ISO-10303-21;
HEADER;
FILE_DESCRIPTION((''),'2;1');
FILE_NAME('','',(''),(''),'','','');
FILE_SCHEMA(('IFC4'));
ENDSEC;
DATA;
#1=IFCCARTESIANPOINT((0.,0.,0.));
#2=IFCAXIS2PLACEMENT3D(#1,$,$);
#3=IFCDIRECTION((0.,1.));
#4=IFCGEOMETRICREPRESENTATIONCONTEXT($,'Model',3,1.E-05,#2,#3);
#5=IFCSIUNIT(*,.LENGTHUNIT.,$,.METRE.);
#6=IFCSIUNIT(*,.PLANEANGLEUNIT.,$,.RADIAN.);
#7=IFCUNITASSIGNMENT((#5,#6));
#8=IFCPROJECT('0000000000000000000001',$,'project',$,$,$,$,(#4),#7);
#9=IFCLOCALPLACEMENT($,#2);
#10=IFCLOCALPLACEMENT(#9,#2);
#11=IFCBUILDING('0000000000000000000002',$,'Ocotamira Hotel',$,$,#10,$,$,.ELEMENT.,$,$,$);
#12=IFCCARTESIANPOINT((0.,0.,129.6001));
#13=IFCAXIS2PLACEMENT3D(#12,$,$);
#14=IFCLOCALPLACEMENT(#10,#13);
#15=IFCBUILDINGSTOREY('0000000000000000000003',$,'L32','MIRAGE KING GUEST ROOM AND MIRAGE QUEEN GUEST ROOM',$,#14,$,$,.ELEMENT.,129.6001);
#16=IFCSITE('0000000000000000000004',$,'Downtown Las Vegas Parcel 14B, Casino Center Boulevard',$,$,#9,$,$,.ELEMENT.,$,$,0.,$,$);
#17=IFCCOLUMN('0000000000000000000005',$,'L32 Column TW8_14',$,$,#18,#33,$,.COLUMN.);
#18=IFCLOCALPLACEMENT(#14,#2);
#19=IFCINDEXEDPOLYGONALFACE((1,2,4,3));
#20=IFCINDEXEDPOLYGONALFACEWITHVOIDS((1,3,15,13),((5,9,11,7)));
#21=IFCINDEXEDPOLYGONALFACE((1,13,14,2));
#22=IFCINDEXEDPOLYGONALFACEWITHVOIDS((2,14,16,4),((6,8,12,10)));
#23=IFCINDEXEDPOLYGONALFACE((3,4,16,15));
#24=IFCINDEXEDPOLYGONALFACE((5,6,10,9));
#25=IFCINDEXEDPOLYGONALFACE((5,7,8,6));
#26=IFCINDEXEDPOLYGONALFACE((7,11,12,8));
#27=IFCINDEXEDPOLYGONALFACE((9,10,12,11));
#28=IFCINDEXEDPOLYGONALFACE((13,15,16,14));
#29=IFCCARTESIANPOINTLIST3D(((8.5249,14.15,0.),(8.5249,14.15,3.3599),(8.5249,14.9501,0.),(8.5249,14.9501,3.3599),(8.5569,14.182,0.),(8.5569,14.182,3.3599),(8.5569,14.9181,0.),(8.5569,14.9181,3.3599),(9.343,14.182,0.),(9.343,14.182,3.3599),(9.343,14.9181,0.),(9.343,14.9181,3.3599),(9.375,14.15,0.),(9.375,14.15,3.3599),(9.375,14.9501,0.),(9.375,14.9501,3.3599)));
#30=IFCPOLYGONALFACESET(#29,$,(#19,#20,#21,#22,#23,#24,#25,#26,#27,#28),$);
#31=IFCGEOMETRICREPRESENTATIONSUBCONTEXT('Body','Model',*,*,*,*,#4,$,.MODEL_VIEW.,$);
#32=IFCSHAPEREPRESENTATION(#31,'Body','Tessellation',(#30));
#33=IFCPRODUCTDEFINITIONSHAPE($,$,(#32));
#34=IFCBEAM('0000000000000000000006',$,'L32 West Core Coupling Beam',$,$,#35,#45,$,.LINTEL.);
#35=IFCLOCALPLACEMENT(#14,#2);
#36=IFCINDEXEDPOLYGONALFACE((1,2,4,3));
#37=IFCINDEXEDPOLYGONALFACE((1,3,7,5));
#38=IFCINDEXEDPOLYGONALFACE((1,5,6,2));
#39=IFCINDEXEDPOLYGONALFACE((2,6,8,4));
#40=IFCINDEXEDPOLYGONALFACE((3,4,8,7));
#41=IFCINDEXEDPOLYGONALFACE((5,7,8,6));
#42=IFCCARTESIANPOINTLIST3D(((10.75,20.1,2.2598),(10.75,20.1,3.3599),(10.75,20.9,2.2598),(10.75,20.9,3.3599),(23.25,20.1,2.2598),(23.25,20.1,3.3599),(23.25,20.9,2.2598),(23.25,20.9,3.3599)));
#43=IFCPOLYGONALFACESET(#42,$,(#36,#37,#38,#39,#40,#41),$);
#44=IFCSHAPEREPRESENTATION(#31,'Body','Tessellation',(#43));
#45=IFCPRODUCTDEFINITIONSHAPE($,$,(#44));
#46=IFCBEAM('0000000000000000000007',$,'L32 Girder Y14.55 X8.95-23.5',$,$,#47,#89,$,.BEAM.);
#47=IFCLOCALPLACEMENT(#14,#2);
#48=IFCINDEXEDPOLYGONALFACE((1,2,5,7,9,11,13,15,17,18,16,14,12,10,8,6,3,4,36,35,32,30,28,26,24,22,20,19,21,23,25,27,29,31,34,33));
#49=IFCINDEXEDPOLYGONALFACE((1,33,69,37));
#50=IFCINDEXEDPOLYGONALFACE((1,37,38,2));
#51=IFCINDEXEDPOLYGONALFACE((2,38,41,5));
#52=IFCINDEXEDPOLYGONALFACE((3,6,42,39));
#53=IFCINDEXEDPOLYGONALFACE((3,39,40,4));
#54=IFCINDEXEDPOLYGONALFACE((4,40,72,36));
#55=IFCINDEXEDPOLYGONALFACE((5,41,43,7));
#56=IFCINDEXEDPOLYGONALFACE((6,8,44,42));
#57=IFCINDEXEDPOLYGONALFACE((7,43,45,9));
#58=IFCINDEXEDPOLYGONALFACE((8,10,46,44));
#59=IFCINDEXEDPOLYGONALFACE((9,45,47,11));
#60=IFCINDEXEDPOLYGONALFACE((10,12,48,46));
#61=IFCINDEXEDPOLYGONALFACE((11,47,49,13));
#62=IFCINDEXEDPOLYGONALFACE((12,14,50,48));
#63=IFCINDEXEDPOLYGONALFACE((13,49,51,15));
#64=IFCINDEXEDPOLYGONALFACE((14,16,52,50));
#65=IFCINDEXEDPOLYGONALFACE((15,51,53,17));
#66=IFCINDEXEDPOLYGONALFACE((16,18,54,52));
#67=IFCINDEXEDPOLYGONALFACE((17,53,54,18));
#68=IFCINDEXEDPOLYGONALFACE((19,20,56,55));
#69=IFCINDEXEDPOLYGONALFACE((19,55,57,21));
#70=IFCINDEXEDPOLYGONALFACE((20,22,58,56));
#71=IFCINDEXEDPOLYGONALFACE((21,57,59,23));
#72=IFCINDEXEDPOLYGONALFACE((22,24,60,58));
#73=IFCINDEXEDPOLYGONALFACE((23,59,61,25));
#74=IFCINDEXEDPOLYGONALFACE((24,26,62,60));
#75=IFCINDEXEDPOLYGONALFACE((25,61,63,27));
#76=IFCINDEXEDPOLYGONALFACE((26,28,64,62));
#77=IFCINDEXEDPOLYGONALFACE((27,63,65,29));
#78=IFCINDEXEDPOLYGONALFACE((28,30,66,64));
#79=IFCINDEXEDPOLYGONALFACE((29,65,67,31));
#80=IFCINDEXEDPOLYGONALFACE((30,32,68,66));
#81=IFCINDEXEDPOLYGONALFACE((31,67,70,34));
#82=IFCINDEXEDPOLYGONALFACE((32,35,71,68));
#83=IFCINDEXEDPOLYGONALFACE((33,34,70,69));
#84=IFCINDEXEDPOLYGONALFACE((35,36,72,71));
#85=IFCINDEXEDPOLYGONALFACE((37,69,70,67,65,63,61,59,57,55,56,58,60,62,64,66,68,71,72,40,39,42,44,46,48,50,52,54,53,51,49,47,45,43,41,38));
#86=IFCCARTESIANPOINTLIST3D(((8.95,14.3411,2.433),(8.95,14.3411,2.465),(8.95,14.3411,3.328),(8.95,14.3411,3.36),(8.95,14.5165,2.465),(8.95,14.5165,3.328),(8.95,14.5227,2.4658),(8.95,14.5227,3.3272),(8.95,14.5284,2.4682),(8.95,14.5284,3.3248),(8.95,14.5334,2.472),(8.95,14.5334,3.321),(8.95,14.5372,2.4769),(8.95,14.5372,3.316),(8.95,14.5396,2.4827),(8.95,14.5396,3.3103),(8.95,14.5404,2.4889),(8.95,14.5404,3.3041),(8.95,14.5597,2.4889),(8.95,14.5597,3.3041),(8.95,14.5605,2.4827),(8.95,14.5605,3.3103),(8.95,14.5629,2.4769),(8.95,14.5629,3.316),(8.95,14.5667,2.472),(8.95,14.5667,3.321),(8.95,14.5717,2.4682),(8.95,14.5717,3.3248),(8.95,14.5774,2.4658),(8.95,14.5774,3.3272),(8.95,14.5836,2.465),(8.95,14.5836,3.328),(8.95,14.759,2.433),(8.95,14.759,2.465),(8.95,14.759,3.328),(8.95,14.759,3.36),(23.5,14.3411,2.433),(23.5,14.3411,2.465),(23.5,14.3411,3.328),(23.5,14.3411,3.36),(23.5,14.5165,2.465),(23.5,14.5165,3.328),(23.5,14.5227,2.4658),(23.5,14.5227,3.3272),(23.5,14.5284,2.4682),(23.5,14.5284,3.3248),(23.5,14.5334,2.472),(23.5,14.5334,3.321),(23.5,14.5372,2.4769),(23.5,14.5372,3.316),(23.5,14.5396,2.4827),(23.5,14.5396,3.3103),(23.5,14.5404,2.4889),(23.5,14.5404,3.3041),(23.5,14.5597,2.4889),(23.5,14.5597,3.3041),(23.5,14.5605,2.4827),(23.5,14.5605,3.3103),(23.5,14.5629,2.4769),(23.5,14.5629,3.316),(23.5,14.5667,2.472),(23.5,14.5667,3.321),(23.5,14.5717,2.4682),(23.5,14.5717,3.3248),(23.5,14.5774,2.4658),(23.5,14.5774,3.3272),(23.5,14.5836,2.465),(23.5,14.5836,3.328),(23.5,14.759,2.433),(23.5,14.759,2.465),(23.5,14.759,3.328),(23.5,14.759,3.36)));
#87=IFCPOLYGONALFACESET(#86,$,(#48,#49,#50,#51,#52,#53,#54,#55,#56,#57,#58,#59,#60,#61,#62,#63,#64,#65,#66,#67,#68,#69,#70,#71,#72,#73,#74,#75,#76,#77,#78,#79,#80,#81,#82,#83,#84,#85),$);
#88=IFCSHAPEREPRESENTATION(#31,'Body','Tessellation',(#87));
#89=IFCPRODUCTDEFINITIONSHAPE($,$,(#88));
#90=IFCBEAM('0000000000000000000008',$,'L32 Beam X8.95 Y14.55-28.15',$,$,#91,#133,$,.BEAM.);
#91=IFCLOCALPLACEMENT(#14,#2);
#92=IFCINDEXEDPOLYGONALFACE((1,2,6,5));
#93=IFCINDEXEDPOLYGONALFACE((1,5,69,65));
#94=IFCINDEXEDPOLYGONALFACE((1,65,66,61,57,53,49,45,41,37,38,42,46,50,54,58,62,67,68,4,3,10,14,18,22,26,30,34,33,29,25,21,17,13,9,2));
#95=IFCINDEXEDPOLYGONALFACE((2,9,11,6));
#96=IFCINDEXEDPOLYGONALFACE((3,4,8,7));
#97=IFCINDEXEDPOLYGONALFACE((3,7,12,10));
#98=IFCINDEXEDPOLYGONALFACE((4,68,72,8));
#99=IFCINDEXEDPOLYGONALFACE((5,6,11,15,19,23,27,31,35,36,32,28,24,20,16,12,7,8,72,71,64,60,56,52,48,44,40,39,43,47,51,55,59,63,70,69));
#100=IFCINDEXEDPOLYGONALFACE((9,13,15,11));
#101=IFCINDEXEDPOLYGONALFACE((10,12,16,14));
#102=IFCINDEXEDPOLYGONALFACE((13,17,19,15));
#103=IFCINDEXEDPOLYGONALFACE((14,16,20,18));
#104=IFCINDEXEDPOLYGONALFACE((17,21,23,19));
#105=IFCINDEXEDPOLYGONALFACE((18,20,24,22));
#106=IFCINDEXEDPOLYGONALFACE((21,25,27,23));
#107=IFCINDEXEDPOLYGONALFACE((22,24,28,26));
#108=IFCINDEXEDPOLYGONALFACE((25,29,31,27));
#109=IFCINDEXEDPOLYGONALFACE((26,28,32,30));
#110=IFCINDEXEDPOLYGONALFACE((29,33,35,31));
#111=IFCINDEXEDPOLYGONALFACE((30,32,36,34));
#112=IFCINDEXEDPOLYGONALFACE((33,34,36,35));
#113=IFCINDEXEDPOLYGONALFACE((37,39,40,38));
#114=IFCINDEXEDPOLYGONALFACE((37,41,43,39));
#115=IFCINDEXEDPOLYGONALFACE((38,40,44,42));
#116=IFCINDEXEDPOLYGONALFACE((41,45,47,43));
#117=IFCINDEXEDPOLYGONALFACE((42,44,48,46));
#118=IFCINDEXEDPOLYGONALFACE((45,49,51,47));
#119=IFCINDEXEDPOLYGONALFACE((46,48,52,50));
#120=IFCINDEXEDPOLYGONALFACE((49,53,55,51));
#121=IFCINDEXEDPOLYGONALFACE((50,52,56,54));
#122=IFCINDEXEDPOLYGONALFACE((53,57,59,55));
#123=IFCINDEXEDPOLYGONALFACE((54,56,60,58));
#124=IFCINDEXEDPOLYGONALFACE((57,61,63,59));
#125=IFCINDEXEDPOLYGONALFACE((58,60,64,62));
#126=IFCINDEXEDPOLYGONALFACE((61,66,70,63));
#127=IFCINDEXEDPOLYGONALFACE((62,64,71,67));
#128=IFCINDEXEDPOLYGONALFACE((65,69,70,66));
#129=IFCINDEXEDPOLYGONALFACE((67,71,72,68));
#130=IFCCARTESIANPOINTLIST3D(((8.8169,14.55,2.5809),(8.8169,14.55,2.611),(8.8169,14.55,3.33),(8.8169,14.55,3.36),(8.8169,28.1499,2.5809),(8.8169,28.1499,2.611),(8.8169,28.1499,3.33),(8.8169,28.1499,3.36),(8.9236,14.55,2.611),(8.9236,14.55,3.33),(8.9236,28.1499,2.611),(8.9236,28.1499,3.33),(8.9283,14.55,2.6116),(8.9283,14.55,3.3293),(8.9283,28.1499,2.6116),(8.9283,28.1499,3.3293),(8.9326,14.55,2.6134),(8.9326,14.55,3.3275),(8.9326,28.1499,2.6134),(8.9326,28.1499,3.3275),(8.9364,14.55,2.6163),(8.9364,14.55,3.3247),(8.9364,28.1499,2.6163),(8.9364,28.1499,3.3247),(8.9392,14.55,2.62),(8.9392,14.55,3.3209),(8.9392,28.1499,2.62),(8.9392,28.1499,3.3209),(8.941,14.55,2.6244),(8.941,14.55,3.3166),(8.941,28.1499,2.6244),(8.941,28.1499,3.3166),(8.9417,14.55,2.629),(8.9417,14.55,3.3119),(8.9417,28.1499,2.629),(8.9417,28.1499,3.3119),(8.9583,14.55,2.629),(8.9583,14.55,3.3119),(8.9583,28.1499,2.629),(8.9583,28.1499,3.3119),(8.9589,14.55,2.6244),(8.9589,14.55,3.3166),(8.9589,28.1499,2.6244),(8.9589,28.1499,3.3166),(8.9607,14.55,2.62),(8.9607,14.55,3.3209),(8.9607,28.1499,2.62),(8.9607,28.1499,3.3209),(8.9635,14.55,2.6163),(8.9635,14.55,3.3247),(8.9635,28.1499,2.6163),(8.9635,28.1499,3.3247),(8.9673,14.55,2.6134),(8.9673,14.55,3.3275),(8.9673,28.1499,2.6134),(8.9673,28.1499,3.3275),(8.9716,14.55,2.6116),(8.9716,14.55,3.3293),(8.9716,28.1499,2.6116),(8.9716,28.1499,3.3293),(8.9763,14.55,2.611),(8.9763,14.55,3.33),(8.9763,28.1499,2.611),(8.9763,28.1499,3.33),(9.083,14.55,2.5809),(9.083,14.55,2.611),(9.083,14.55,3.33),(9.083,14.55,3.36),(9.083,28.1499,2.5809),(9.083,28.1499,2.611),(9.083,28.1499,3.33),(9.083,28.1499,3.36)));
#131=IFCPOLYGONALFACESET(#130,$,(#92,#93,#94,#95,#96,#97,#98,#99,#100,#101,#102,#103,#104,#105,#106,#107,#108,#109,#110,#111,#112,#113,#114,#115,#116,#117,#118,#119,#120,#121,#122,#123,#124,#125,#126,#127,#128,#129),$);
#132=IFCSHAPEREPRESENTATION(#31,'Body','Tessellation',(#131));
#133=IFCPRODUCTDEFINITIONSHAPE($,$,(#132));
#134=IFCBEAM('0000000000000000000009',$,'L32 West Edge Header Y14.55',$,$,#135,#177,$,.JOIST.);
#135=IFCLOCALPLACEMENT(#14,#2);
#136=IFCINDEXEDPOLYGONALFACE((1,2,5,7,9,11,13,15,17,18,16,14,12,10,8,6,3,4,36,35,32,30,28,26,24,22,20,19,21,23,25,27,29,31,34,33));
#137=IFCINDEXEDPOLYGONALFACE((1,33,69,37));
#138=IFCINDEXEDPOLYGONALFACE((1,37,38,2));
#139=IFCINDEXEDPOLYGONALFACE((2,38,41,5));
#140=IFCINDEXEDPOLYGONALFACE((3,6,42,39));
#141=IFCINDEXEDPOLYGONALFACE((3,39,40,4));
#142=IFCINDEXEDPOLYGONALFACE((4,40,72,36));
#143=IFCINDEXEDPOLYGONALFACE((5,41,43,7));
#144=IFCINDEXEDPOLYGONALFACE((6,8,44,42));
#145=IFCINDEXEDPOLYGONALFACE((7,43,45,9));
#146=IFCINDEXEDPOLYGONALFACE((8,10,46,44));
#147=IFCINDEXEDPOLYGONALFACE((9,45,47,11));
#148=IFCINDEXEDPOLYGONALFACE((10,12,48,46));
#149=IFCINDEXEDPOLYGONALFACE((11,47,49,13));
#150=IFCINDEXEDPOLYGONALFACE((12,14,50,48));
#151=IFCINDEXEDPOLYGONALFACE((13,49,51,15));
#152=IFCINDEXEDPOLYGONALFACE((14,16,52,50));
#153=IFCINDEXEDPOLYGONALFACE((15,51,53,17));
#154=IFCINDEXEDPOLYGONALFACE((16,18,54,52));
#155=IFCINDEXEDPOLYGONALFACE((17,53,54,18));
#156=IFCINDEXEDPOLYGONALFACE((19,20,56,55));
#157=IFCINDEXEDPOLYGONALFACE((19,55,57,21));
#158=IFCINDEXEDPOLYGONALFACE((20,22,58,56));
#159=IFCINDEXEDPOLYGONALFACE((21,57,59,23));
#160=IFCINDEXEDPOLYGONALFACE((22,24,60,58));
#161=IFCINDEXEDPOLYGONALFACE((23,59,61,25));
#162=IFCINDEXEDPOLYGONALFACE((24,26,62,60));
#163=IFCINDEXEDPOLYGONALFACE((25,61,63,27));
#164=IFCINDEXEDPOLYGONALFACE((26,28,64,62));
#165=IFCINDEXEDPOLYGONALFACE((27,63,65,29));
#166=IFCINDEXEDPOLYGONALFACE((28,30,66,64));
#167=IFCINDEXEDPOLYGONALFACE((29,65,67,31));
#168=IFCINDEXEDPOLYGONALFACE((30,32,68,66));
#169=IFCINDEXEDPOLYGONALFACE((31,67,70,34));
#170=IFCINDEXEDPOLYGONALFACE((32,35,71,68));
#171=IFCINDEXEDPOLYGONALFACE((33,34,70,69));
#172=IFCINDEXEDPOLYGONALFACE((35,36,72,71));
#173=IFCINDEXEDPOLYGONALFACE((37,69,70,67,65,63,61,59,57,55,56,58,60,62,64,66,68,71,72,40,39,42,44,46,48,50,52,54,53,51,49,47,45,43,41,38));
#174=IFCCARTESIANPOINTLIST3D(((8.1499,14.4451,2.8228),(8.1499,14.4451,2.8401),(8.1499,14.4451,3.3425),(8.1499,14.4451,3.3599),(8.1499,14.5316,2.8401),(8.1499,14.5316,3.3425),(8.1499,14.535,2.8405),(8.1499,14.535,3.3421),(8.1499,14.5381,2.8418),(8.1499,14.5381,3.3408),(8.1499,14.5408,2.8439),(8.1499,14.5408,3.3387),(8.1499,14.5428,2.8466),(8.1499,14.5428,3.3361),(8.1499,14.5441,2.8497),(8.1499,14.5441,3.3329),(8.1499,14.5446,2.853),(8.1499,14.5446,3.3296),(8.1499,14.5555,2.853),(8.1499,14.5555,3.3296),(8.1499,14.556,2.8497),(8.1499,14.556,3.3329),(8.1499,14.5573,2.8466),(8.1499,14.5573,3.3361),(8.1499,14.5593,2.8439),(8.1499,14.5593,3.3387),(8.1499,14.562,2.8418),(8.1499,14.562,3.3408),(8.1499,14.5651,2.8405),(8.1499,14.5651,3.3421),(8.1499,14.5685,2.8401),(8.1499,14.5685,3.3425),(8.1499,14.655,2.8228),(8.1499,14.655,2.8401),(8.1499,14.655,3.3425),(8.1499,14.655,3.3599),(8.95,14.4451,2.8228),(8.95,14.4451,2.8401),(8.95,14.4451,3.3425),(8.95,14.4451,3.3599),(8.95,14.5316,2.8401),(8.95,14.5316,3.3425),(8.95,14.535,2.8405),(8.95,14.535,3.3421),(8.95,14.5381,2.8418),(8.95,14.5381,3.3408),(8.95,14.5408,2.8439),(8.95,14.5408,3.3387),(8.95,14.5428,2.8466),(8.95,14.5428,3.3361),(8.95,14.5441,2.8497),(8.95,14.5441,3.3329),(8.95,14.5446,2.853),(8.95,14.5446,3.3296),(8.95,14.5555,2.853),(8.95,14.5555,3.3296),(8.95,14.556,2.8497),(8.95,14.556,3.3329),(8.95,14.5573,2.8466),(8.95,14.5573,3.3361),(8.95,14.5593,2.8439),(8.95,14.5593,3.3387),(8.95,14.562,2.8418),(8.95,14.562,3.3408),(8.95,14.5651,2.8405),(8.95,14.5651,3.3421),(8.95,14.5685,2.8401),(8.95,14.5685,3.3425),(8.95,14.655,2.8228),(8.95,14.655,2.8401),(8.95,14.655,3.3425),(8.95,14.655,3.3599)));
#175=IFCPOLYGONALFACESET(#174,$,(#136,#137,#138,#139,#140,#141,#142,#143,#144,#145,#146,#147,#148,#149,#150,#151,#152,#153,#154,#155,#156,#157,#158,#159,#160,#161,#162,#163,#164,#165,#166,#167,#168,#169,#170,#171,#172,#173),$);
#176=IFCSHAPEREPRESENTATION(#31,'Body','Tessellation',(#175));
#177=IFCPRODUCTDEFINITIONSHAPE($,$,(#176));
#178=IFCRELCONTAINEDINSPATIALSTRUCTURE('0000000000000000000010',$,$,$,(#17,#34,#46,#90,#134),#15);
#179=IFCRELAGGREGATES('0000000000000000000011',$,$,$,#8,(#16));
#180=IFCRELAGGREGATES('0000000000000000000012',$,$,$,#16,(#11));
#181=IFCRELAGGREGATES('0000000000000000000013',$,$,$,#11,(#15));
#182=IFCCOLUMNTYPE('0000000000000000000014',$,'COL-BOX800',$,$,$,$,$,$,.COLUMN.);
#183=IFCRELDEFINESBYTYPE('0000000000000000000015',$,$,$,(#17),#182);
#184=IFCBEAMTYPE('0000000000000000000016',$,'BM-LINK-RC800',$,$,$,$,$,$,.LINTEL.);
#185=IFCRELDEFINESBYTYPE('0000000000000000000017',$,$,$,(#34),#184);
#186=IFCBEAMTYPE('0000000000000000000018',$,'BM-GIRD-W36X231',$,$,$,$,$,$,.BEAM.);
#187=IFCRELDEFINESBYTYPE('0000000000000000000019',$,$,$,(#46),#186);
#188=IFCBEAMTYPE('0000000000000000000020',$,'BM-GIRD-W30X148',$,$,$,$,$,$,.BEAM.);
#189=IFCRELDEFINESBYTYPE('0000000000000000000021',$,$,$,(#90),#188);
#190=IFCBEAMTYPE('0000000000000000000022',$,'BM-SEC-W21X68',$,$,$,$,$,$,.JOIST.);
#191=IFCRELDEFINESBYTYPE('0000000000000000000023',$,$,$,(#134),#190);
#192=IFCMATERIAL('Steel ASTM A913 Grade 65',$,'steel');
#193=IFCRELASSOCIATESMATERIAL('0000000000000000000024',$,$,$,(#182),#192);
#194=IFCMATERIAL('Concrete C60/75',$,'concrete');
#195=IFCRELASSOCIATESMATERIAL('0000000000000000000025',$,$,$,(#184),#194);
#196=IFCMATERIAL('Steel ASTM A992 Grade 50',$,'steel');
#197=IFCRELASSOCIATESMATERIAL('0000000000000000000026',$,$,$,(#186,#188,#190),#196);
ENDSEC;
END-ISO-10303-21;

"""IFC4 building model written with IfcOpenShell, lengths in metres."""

from ifc_helpers import new_model, si_unit, direction, frame, origin, origin_2d, place, context, subcontext, project, spatial, rectangle, hollow_rectangle, i_section, extrude, source, transform, mapped, material, material_profile, profile_set, type_object, element, save


model = new_model("IFC4")

# Units and contexts
model_context = context("Model", 3, precision=1e-05, world=origin(), true_north=direction((0.0, 1.0)))
body_context = subcontext(model_context, "Body", "Model", "MODEL_VIEW")
ifc_project = project(units=[si_unit("LENGTHUNIT", "METRE"), si_unit("PLANEANGLEUNIT", "RADIAN")], contexts=[model_context])

# Site, building, storey
site_placement = place(None, origin())
site = spatial("IfcSite", under=ifc_project, at=site_placement, Name="Downtown Las Vegas Parcel 14B, Casino Center Boulevard", CompositionType="ELEMENT", RefElevation=0.0)
building_placement = place(site_placement, origin())
building = spatial("IfcBuilding", under=site, at=building_placement, Name="Ocotamira Hotel", CompositionType="ELEMENT")
storey_placement = place(building_placement, frame((0.0, 0.0, 129.6001)))
storey = spatial("IfcBuildingStorey", under=building, at=storey_placement, Name="L32", Description="MIRAGE KING GUEST ROOM AND MIRAGE QUEEN GUEST ROOM", CompositionType="ELEMENT", Elevation=129.6001)

# Column
ifc_material_1 = material(Name="Steel ASTM A913 Grade 65", Category="steel")
ifc_material_profile_1 = material_profile(ifc_material_1, hollow_rectangle(XDim=0.8501, YDim=0.8, WallThickness=0.032, at=origin_2d()), Name="BOX800X850X32")
ifc_profile_set_1 = profile_set([ifc_material_profile_1], Name="Steel ASTM A913 Grade 65")
column_type = type_object("IfcColumnType", Name="COL-BOX800", PredefinedType="COLUMN", material=ifc_profile_set_1)
shared_shape_1 = source(origin(), body_context, "Body", "SweptSolid", [
    extrude(hollow_rectangle(XDim=0.8501, YDim=0.8, WallThickness=0.032, at=origin_2d()), origin(), (0.0, 0.0, 1.0), 3.3599),
])
column_placement = place(storey_placement, frame((8.95, 14.55, 0.0), z_axis=(0.0, 0.0, 1.0), x_axis=(1.0, 0.0, 0.0)))
element("IfcColumn", 1, at=column_placement, inside=storey, type_object=column_type, Name="L32 Column TW8_14", PredefinedType="COLUMN", context=body_context, shape_type="MappedRepresentation", body=[
    mapped(shared_shape_1, transform((0.0, 0.0, 0.0), scale=1.0)),
])

# Beams
ifc_material_2 = material(Name="Concrete C60/75", Category="concrete")
ifc_material_profile_2 = material_profile(ifc_material_2, rectangle(XDim=0.8, YDim=1.1001, at=origin_2d()), Name="RC800X1100")
ifc_profile_set_2 = profile_set([ifc_material_profile_2], Name="Concrete C60/75")
beam_type_1 = type_object("IfcBeamType", Name="BM-LINK-RC800", PredefinedType="LINTEL", material=ifc_profile_set_2)
shared_shape_2 = source(origin(), body_context, "Body", "SweptSolid", [
    extrude(rectangle(XDim=0.8, YDim=1.1001, at=origin_2d()), origin(), (0.0, 0.0, 1.0), 12.5),
])
beam_1_placement = place(storey_placement, frame((10.75, 20.5, 2.8098), z_axis=(1.0, 0.0, 0.0), x_axis=(0.0, 1.0, 0.0)))
element("IfcBeam", 2, at=beam_1_placement, inside=storey, type_object=beam_type_1, Name="L32 West Core Coupling Beam", PredefinedType="LINTEL", context=body_context, shape_type="MappedRepresentation", body=[
    mapped(shared_shape_2, transform((0.0, 0.0, 0.0), scale=1.0)),
])
ifc_material_3 = material(Name="Steel ASTM A992 Grade 50", Category="steel")
ifc_material_profile_3 = material_profile(ifc_material_3, i_section(OverallWidth=0.418, OverallDepth=0.927, WebThickness=0.0193, FlangeThickness=0.032, FilletRadius=0.0239, at=origin_2d()), Name="W36X231")
ifc_profile_set_3 = profile_set([ifc_material_profile_3], Name="Steel ASTM A992 Grade 50")
beam_type_2 = type_object("IfcBeamType", Name="BM-GIRD-W36X231", PredefinedType="BEAM", material=ifc_profile_set_3)
shared_shape_3 = source(origin(), body_context, "Body", "SweptSolid", [
    extrude(i_section(OverallWidth=0.418, OverallDepth=0.927, WebThickness=0.0193, FlangeThickness=0.032, FilletRadius=0.0239, at=origin_2d()), origin(), (0.0, 0.0, 1.0), 14.55),
])
beam_2_placement = place(storey_placement, frame((8.95, 14.55, 2.8965), z_axis=(1.0, 0.0, 0.0), x_axis=(0.0, 1.0, 0.0)))
element("IfcBeam", 3, at=beam_2_placement, inside=storey, type_object=beam_type_2, Name="L32 Girder Y14.55 X8.95-23.5", PredefinedType="BEAM", context=body_context, shape_type="MappedRepresentation", body=[
    mapped(shared_shape_3, transform((0.0, 0.0, 0.0), scale=1.0)),
])
ifc_material_profile_4 = material_profile(ifc_material_3, i_section(OverallWidth=0.2661, OverallDepth=0.7791, WebThickness=0.0166, FlangeThickness=0.03, FilletRadius=0.0181, at=origin_2d()), Name="W30X148")
ifc_profile_set_4 = profile_set([ifc_material_profile_4], Name="Steel ASTM A992 Grade 50")
beam_type_3 = type_object("IfcBeamType", Name="BM-GIRD-W30X148", PredefinedType="BEAM", material=ifc_profile_set_4)
shared_shape_4 = source(origin(), body_context, "Body", "SweptSolid", [
    extrude(i_section(OverallWidth=0.2661, OverallDepth=0.7791, WebThickness=0.0166, FlangeThickness=0.03, FilletRadius=0.0181, at=origin_2d()), origin(), (0.0, 0.0, 1.0), 13.5999),
])
beam_3_placement = place(storey_placement, frame((8.95, 14.55, 2.9705), z_axis=(0.0, 1.0, 0.0), x_axis=(-1.0, 0.0, 0.0)))
element("IfcBeam", 4, at=beam_3_placement, inside=storey, type_object=beam_type_3, Name="L32 Beam X8.95 Y14.55-28.15", PredefinedType="BEAM", context=body_context, shape_type="MappedRepresentation", body=[
    mapped(shared_shape_4, transform((0.0, 0.0, 0.0), scale=1.0)),
])
ifc_material_profile_5 = material_profile(ifc_material_3, i_section(OverallWidth=0.21, OverallDepth=0.5371, WebThickness=0.011, FlangeThickness=0.0173, FilletRadius=0.0129, at=origin_2d()), Name="W21X68")
ifc_profile_set_5 = profile_set([ifc_material_profile_5], Name="Steel ASTM A992 Grade 50")
beam_type_4 = type_object("IfcBeamType", Name="BM-SEC-W21X68", PredefinedType="JOIST", material=ifc_profile_set_5)
shared_shape_5 = source(origin(), body_context, "Body", "SweptSolid", [
    extrude(i_section(OverallWidth=0.21, OverallDepth=0.5371, WebThickness=0.011, FlangeThickness=0.0173, FilletRadius=0.0129, at=origin_2d()), origin(), (0.0, 0.0, 1.0), 0.8),
])
beam_4_placement = place(storey_placement, frame((8.95, 14.55, 3.0913), z_axis=(-1.0, 0.0, 0.0), x_axis=(0.0, -1.0, 0.0)))
element("IfcBeam", 5, at=beam_4_placement, inside=storey, type_object=beam_type_4, Name="L32 West Edge Header Y14.55", PredefinedType="JOIST", context=body_context, shape_type="MappedRepresentation", body=[
    mapped(shared_shape_5, transform((0.0, 0.0, 0.0), scale=1.0)),
])

save(model, "model.ifc")
